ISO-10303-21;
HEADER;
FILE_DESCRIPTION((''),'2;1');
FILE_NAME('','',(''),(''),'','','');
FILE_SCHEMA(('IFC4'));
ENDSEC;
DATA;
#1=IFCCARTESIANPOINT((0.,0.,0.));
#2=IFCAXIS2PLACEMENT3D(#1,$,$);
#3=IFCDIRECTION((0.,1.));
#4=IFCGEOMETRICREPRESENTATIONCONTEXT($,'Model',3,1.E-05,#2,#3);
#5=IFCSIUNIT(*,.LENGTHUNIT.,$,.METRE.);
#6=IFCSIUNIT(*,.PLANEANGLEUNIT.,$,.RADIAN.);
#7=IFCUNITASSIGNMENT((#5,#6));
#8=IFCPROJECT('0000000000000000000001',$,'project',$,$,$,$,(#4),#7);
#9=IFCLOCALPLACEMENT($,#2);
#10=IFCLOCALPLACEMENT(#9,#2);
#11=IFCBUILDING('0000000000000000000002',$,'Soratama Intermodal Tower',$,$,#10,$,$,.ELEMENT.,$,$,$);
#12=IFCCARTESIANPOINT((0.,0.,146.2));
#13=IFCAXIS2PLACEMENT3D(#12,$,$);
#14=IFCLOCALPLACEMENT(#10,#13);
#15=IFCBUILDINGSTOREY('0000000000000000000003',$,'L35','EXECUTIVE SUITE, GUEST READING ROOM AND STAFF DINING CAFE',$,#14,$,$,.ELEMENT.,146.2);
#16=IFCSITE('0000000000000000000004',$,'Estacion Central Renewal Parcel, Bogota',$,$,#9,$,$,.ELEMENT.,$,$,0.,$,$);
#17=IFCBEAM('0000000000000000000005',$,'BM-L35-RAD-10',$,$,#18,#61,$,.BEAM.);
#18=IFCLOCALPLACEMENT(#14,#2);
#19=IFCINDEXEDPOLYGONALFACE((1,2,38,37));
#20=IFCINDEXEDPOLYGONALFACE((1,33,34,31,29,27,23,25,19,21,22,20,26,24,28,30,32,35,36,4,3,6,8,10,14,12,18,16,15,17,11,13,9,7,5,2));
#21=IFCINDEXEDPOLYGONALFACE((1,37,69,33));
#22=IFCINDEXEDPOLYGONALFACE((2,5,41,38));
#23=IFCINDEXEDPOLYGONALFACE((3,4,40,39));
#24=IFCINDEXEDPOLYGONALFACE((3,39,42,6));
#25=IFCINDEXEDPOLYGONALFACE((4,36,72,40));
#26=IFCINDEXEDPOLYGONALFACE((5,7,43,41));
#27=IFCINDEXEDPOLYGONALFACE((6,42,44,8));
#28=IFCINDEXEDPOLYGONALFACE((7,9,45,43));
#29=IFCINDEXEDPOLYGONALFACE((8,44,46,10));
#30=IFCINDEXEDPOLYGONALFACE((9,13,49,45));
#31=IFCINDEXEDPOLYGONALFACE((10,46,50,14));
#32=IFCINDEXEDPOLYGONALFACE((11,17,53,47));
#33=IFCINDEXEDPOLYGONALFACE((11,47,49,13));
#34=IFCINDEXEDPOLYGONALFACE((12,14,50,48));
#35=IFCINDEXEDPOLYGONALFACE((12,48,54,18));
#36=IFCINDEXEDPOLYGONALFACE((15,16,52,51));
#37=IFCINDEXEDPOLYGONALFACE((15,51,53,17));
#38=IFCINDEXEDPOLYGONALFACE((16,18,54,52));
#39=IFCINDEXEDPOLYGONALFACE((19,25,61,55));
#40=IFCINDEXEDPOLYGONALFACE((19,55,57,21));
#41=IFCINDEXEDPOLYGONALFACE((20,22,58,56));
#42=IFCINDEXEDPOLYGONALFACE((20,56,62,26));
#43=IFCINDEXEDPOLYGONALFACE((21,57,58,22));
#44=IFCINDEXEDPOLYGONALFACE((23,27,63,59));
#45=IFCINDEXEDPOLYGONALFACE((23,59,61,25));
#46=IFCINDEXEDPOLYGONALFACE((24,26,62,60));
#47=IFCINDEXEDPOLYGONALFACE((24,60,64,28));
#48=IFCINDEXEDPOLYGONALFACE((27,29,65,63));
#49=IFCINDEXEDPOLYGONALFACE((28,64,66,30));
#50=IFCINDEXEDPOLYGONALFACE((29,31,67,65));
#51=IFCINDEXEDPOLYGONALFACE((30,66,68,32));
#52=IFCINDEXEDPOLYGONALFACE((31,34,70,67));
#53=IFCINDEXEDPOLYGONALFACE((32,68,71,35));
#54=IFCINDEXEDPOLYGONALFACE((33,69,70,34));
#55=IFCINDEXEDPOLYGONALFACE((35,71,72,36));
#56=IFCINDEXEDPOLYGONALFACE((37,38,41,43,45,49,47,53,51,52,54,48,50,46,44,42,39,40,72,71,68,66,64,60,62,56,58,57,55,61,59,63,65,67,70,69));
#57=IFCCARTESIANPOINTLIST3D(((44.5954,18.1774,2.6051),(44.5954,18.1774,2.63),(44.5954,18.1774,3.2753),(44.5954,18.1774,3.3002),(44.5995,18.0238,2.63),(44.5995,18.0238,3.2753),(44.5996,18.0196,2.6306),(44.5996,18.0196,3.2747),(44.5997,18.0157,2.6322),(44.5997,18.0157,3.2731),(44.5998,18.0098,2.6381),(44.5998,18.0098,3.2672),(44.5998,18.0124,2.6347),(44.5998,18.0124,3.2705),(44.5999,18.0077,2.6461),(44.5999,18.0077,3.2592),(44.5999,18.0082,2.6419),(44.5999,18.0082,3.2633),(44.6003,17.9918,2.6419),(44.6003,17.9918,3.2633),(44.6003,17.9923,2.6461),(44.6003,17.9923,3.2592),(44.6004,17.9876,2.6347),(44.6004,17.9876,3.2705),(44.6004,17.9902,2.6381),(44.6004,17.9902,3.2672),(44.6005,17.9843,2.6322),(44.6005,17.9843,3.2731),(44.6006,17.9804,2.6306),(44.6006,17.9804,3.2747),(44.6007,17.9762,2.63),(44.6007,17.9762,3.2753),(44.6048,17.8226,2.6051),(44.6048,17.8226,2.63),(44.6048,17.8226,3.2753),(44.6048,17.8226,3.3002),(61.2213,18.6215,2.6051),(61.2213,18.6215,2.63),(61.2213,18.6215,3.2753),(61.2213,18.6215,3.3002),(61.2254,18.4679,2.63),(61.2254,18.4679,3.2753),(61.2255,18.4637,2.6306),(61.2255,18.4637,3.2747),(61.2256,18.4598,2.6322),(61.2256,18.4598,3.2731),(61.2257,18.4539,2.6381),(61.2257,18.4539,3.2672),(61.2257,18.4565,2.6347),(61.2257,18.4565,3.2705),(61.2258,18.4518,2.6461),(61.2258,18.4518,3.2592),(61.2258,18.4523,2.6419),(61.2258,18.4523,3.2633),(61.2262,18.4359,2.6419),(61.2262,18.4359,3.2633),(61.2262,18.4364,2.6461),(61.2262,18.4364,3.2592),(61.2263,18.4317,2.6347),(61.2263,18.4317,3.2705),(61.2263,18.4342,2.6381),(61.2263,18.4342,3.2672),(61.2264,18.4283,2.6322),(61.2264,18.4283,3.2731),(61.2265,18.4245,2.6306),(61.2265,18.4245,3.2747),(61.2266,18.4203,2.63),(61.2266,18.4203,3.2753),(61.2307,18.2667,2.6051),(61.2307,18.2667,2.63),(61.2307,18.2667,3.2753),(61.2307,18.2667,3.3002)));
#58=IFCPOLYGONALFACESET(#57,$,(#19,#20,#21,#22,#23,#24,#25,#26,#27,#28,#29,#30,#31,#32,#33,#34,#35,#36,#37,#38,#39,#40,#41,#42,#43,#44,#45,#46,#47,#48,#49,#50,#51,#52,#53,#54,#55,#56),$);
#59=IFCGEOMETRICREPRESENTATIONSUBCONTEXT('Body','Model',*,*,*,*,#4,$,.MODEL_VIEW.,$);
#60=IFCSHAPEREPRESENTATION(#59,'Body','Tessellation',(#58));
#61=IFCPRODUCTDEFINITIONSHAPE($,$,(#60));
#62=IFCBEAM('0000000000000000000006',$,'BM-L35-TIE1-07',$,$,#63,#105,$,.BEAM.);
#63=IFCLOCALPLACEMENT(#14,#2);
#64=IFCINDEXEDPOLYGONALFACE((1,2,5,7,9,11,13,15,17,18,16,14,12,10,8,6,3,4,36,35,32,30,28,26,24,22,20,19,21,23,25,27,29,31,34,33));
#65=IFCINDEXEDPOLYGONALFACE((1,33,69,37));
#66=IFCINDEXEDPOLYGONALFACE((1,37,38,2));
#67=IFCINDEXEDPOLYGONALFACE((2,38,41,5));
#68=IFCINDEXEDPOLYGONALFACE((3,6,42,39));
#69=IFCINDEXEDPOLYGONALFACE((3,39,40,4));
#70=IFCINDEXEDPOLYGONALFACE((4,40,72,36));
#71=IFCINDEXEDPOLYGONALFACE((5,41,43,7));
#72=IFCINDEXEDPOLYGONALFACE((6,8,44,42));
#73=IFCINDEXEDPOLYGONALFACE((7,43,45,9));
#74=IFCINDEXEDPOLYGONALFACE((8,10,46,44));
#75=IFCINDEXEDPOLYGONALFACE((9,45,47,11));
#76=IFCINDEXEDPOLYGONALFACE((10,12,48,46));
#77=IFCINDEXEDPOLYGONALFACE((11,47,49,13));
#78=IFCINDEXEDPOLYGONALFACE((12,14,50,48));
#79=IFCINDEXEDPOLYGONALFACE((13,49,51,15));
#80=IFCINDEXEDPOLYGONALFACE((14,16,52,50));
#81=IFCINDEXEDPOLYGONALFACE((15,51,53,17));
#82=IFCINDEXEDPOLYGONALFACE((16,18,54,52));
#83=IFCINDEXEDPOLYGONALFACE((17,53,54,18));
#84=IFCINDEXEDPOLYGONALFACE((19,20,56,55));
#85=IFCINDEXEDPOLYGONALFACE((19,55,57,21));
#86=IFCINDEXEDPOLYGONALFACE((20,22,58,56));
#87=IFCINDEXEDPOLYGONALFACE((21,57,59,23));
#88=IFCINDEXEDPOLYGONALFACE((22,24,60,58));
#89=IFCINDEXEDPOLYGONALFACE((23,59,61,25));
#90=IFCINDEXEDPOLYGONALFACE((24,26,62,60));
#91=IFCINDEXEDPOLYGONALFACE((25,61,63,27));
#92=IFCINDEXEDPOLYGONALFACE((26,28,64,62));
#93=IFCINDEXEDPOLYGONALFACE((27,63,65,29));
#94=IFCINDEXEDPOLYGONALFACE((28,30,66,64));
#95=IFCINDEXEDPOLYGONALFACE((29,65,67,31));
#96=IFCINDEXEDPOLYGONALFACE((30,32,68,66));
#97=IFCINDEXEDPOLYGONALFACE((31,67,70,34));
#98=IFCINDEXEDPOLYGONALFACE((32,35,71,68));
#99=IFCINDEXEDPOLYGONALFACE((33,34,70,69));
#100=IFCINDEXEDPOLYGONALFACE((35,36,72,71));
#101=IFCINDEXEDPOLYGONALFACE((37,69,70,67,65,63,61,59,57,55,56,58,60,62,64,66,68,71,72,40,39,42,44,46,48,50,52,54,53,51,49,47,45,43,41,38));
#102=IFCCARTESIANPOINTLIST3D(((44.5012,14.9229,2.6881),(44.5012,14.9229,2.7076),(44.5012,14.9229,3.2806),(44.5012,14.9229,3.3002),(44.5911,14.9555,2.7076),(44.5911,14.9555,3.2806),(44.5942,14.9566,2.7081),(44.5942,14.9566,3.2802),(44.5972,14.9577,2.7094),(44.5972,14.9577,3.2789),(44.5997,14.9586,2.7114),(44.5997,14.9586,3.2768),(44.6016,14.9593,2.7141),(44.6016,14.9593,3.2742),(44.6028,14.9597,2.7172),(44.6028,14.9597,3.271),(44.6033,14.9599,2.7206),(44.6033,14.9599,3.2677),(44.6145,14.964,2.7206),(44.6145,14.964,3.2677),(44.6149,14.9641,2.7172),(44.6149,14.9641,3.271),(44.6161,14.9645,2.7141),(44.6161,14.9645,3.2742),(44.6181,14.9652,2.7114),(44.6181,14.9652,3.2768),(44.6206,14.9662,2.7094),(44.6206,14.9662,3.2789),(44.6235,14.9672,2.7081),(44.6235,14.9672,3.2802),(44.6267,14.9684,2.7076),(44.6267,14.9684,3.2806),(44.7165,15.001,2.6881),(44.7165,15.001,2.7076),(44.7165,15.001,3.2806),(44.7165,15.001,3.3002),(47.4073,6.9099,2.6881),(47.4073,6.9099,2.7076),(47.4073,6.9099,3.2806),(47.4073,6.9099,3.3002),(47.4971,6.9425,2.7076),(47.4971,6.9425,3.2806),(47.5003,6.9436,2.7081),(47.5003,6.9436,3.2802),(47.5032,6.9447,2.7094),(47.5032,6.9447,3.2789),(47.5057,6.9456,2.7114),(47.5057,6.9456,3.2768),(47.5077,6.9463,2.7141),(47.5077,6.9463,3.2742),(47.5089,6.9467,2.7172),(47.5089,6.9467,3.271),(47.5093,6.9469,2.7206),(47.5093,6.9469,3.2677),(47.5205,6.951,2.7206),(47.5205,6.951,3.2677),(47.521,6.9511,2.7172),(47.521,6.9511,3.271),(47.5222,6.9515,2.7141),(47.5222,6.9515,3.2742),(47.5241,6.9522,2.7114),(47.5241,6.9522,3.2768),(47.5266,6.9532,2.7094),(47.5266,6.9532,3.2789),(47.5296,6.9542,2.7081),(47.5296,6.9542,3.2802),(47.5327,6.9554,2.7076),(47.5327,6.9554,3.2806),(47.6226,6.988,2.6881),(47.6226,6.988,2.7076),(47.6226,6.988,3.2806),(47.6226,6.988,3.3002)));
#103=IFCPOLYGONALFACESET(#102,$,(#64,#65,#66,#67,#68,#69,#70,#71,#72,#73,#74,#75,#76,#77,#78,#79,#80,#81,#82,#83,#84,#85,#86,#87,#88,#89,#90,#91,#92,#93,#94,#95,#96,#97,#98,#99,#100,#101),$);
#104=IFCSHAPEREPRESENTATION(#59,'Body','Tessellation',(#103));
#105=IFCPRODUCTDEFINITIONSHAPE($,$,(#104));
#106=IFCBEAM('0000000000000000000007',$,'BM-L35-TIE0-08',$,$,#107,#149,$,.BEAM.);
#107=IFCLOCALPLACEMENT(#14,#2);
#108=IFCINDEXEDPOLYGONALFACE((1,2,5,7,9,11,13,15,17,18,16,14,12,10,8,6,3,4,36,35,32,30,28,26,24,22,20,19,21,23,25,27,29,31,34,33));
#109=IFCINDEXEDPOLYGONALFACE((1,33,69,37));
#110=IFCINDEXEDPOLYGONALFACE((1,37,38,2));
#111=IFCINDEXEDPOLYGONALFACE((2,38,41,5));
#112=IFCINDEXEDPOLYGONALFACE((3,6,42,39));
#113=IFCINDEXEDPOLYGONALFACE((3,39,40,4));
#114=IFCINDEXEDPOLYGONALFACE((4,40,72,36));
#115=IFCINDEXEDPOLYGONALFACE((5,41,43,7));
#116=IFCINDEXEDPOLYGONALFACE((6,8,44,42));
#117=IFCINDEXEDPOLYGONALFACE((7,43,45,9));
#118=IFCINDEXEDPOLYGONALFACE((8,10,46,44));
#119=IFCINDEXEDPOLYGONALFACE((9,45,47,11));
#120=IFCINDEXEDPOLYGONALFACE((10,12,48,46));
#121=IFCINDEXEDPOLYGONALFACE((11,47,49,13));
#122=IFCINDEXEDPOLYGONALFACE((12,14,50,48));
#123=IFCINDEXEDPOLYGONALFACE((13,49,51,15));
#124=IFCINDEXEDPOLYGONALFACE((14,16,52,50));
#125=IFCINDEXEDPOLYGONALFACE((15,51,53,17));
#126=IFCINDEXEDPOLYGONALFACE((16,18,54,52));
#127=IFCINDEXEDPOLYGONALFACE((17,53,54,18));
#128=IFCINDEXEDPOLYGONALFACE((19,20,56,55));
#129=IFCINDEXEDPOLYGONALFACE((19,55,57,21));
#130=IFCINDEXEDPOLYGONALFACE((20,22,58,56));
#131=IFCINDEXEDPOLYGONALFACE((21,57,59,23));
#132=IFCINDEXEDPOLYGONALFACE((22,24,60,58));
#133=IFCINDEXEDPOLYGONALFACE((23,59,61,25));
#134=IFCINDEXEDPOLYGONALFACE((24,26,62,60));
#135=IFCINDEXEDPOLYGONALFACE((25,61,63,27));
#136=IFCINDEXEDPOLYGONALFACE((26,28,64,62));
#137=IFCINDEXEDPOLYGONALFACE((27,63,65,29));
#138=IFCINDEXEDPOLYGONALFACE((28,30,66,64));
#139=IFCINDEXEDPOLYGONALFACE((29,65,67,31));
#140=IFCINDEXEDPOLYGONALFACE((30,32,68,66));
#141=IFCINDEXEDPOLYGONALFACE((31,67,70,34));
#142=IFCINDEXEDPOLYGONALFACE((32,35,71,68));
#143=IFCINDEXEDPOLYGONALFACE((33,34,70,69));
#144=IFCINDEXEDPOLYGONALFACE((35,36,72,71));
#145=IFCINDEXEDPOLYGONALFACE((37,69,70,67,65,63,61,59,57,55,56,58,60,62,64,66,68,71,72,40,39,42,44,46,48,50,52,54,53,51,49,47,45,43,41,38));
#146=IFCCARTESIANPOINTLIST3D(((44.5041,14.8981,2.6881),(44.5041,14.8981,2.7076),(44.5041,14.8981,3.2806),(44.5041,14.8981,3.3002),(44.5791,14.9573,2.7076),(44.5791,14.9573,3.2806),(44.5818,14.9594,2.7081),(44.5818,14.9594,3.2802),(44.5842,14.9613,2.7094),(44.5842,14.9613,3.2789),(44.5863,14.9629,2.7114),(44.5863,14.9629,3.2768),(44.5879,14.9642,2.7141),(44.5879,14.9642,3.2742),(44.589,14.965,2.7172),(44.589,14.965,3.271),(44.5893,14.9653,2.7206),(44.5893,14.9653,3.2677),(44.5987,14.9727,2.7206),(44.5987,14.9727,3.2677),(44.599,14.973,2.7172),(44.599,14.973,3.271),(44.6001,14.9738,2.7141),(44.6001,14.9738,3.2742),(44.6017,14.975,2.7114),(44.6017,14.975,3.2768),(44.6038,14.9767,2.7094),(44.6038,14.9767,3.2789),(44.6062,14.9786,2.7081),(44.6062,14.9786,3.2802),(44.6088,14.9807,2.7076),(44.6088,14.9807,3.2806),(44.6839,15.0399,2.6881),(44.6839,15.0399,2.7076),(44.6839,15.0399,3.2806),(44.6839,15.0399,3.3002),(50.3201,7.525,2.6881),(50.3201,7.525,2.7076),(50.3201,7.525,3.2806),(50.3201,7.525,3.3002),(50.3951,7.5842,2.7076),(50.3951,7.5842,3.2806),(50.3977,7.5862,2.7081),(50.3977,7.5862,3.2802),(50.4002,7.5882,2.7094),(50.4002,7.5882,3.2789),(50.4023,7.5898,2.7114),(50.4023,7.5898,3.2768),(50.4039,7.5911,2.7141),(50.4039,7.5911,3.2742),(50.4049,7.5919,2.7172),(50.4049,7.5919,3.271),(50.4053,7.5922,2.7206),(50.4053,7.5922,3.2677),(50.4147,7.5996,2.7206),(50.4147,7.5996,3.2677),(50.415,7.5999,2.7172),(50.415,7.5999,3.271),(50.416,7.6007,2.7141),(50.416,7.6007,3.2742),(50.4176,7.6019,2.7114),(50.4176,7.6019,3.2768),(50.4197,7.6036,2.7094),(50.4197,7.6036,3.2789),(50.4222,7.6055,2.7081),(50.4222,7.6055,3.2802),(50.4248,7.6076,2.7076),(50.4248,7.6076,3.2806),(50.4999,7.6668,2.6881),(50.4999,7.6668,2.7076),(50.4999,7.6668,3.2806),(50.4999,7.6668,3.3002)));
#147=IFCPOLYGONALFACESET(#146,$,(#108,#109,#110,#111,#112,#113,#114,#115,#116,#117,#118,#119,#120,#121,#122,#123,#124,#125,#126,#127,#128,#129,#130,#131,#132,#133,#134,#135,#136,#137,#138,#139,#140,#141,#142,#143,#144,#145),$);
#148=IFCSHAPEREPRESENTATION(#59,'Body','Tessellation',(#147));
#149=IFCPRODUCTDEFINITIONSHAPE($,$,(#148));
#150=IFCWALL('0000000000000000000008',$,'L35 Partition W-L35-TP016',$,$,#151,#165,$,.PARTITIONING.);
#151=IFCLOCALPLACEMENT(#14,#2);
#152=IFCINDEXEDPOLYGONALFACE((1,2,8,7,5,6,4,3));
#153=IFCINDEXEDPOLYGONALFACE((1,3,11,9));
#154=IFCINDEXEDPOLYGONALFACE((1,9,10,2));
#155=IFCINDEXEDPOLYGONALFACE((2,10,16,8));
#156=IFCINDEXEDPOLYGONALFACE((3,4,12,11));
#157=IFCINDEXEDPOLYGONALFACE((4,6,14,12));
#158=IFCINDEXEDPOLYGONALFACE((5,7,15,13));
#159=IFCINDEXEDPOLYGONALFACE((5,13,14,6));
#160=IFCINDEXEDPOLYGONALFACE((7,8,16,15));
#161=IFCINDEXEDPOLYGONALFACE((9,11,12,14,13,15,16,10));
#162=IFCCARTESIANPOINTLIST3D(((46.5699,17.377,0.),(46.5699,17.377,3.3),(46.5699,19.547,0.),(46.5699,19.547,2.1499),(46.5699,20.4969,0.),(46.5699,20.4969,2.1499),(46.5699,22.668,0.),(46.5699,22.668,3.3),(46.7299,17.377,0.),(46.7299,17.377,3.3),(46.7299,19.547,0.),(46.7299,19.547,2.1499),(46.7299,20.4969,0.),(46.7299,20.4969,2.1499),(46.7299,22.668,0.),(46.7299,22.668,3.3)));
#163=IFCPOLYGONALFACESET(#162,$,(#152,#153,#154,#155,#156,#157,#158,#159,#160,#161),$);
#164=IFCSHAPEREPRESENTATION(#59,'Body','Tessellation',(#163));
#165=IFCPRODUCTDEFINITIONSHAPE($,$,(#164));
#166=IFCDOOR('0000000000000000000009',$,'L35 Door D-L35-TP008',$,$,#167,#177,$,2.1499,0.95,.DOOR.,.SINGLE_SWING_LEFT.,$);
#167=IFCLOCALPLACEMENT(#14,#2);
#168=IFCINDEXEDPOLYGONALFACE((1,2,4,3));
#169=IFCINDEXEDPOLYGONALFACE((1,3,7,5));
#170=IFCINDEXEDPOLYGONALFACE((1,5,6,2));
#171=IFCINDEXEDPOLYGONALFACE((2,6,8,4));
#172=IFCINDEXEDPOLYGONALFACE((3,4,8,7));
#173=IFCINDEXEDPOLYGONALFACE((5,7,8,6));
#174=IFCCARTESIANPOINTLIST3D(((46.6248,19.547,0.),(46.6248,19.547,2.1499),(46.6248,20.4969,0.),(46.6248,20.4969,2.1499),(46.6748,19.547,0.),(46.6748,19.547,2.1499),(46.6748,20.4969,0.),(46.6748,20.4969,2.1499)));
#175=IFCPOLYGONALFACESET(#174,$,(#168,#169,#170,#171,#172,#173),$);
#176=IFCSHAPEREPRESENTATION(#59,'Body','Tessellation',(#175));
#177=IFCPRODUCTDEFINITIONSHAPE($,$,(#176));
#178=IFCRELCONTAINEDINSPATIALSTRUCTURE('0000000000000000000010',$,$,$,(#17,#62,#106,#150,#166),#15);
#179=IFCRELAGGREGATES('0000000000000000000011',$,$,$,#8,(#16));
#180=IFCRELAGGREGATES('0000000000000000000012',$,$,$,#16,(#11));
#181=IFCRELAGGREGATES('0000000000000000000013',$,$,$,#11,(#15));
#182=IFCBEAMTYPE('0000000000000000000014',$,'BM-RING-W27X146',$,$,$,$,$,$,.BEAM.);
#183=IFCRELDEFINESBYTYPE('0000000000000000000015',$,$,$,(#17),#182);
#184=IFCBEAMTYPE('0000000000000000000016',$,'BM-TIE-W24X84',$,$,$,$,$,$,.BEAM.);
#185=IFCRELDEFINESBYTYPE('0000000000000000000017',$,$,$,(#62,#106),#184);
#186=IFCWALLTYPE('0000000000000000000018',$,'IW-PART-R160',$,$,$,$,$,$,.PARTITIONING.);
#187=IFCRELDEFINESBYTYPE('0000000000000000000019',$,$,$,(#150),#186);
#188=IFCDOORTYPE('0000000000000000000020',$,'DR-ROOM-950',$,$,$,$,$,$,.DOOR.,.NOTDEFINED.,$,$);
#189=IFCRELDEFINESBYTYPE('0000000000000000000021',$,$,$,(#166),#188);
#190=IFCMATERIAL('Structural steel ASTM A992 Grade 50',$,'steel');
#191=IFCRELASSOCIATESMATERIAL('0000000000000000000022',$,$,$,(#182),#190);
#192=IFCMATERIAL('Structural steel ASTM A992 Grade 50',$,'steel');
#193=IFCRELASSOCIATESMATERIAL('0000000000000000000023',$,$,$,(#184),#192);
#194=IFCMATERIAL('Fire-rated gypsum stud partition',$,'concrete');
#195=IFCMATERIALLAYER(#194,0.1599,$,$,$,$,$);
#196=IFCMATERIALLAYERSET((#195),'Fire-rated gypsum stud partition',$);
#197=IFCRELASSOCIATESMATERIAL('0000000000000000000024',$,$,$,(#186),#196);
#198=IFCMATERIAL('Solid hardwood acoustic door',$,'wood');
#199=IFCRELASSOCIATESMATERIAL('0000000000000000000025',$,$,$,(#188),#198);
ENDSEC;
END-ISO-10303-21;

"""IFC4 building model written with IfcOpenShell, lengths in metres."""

from ifc_helpers import new_model, si_unit, direction, frame, frame_2d, origin, origin_2d, place, context, subcontext, project, spatial, rectangle, i_section, extrude, material, layer, layer_set, material_profile, profile_set, type_object, element, fill, save


model = new_model("IFC4")

# Units and contexts
model_context = context("Model", 3, precision=1e-05, world=origin(), true_north=direction((0.0, 1.0)))
body_context = subcontext(model_context, "Body", "Model", "MODEL_VIEW")
ifc_project = project(units=[si_unit("LENGTHUNIT", "METRE"), si_unit("PLANEANGLEUNIT", "RADIAN")], contexts=[model_context])

# Site, building, storey
site_placement = place(None, origin())
site = spatial("IfcSite", under=ifc_project, at=site_placement, Name="Estacion Central Renewal Parcel, Bogota", CompositionType="ELEMENT", RefElevation=0.0)
building_placement = place(site_placement, origin())
building = spatial("IfcBuilding", under=site, at=building_placement, Name="Soratama Intermodal Tower", CompositionType="ELEMENT")
storey_placement = place(building_placement, frame((0.0, 0.0, 146.2)))
storey = spatial("IfcBuildingStorey", under=building, at=storey_placement, Name="L35", Description="EXECUTIVE SUITE, GUEST READING ROOM AND STAFF DINING CAFE", CompositionType="ELEMENT", Elevation=146.2)

# Beams
ifc_material_1 = material(Name="Structural steel ASTM A992 Grade 50", Category="steel")
ifc_material_profile_1 = material_profile(ifc_material_1, i_section(OverallWidth=0.355, OverallDepth=0.6951, WebThickness=0.0154, FlangeThickness=0.0249, FilletRadius=0.0161, at=origin_2d()), Name="W27X146")
ifc_profile_set_1 = profile_set([ifc_material_profile_1], Name="Structural steel ASTM A992 Grade 50")
beam_type_1 = type_object("IfcBeamType", Name="BM-RING-W27X146", PredefinedType="BEAM", material=ifc_profile_set_1)
beam_1_placement = place(storey_placement, frame((44.6001, 18.0, 2.9526), z_axis=(0.999643, 0.026701, 0.0), x_axis=(-0.026701, 0.999643, 0.0)))
element("IfcBeam", 1, at=beam_1_placement, inside=storey, type_object=beam_type_1, Name="BM-L35-RAD-10", PredefinedType="BEAM", context=body_context, shape_type="SweptSolid", body=[
    extrude(i_section(OverallWidth=0.355, OverallDepth=0.6951, WebThickness=0.0154, FlangeThickness=0.0249, FilletRadius=0.0161, at=origin_2d()), origin(), (0.0, 0.0, 1.0), 16.6318),
])
ifc_material_2 = material(Name="Structural steel ASTM A992 Grade 50", Category="steel")
ifc_material_profile_2 = material_profile(ifc_material_2, i_section(OverallWidth=0.229, OverallDepth=0.6121, WebThickness=0.012, FlangeThickness=0.0195, FilletRadius=0.0129, at=origin_2d()), Name="W24X84")
ifc_profile_set_2 = profile_set([ifc_material_profile_2], Name="Structural steel ASTM A992 Grade 50")
beam_type_2 = type_object("IfcBeamType", Name="BM-TIE-W24X84", PredefinedType="BEAM", material=ifc_profile_set_2)
beam_2_placement = place(storey_placement, frame((44.6089, 14.9619, 2.9941), z_axis=(0.340936, -0.940087, 0.0), x_axis=(0.940087, 0.340936, 0.0)))
element("IfcBeam", 2, at=beam_2_placement, inside=storey, type_object=beam_type_2, Name="BM-L35-TIE1-07", PredefinedType="BEAM", context=body_context, shape_type="SweptSolid", body=[
    extrude(i_section(OverallWidth=0.229, OverallDepth=0.6121, WebThickness=0.012, FlangeThickness=0.0195, FilletRadius=0.0129, at=origin_2d()), origin(), (0.0, 0.0, 1.0), 8.5237),
])
beam_3_placement = place(storey_placement, frame((44.594, 14.969, 2.9941), z_axis=(0.619322, -0.785137, 0.0), x_axis=(0.785137, 0.619322, 0.0)))
element("IfcBeam", 3, at=beam_3_placement, inside=storey, type_object=beam_type_2, Name="BM-L35-TIE0-08", PredefinedType="BEAM", context=body_context, shape_type="SweptSolid", body=[
    extrude(i_section(OverallWidth=0.229, OverallDepth=0.6121, WebThickness=0.012, FlangeThickness=0.0195, FilletRadius=0.0129, at=origin_2d()), origin(), (0.0, 0.0, 1.0), 9.3909),
])

# Wall, opening, door
ifc_material_3 = material(Name="Fire-rated gypsum stud partition", Category="concrete")
ifc_layer_1 = layer(ifc_material_3, 0.1599)
ifc_layer_set_1 = layer_set([ifc_layer_1], Name="Fire-rated gypsum stud partition")
wall_type_1 = type_object("IfcWallType", Name="IW-PART-R160", PredefinedType="PARTITIONING", material=ifc_layer_set_1)
wall_1_placement = place(storey_placement, frame((46.6499, 22.668, 0.0), z_axis=(0.0, 0.0, 1.0), x_axis=(0.0, -1.0, 0.0)))
wall_1 = element("IfcWall", 4, at=wall_1_placement, inside=storey, type_object=wall_type_1, Name="L35 Partition W-L35-TP016", PredefinedType="PARTITIONING", context=body_context, shape_type="SweptSolid", body=[
    extrude(rectangle(XDim=5.291, YDim=0.1599, at=frame_2d((2.6455, 0.0))), origin(), (0.0, 0.0, 1.0), 3.3),
])
opening_1_placement = place(wall_1_placement, frame((2.1709, 0.0, 0.0)))
opening_1 = element("IfcOpeningElement", 5, at=opening_1_placement, cuts=wall_1, PredefinedType="OPENING", context=body_context, shape_type="SweptSolid", body=[
    extrude(rectangle(XDim=0.95, YDim=2.1499, at=frame_2d((0.4751, 1.075))), frame((0.0, 0.0898, 0.0), z_axis=(0.0, -1.0, 0.0), x_axis=(1.0, 0.0, 0.0)), (0.0, 0.0, 1.0), 0.1799),
])
ifc_material_4 = material(Name="Solid hardwood acoustic door", Category="wood")
door_type_1 = type_object("IfcDoorType", Name="DR-ROOM-950", OperationType="NOTDEFINED", PredefinedType="DOOR", material=ifc_material_4)
door_1_placement = place(opening_1_placement, origin())
door_1 = element("IfcDoor", 6, at=door_1_placement, inside=storey, type_object=door_type_1, Name="L35 Door D-L35-TP008", OperationType="SINGLE_SWING_LEFT", OverallHeight=2.1499, OverallWidth=0.95, PredefinedType="DOOR", context=body_context, shape_type="SweptSolid", body=[
    extrude(rectangle(XDim=0.95, YDim=2.1499, at=frame_2d((0.4751, 1.075))), frame((0.0, 0.0249, 0.0), z_axis=(0.0, -1.0, 0.0), x_axis=(1.0, 0.0, 0.0)), (0.0, 0.0, 1.0), 0.05),
])
fill(opening_1, door_1)

save(model, "model.ifc")
